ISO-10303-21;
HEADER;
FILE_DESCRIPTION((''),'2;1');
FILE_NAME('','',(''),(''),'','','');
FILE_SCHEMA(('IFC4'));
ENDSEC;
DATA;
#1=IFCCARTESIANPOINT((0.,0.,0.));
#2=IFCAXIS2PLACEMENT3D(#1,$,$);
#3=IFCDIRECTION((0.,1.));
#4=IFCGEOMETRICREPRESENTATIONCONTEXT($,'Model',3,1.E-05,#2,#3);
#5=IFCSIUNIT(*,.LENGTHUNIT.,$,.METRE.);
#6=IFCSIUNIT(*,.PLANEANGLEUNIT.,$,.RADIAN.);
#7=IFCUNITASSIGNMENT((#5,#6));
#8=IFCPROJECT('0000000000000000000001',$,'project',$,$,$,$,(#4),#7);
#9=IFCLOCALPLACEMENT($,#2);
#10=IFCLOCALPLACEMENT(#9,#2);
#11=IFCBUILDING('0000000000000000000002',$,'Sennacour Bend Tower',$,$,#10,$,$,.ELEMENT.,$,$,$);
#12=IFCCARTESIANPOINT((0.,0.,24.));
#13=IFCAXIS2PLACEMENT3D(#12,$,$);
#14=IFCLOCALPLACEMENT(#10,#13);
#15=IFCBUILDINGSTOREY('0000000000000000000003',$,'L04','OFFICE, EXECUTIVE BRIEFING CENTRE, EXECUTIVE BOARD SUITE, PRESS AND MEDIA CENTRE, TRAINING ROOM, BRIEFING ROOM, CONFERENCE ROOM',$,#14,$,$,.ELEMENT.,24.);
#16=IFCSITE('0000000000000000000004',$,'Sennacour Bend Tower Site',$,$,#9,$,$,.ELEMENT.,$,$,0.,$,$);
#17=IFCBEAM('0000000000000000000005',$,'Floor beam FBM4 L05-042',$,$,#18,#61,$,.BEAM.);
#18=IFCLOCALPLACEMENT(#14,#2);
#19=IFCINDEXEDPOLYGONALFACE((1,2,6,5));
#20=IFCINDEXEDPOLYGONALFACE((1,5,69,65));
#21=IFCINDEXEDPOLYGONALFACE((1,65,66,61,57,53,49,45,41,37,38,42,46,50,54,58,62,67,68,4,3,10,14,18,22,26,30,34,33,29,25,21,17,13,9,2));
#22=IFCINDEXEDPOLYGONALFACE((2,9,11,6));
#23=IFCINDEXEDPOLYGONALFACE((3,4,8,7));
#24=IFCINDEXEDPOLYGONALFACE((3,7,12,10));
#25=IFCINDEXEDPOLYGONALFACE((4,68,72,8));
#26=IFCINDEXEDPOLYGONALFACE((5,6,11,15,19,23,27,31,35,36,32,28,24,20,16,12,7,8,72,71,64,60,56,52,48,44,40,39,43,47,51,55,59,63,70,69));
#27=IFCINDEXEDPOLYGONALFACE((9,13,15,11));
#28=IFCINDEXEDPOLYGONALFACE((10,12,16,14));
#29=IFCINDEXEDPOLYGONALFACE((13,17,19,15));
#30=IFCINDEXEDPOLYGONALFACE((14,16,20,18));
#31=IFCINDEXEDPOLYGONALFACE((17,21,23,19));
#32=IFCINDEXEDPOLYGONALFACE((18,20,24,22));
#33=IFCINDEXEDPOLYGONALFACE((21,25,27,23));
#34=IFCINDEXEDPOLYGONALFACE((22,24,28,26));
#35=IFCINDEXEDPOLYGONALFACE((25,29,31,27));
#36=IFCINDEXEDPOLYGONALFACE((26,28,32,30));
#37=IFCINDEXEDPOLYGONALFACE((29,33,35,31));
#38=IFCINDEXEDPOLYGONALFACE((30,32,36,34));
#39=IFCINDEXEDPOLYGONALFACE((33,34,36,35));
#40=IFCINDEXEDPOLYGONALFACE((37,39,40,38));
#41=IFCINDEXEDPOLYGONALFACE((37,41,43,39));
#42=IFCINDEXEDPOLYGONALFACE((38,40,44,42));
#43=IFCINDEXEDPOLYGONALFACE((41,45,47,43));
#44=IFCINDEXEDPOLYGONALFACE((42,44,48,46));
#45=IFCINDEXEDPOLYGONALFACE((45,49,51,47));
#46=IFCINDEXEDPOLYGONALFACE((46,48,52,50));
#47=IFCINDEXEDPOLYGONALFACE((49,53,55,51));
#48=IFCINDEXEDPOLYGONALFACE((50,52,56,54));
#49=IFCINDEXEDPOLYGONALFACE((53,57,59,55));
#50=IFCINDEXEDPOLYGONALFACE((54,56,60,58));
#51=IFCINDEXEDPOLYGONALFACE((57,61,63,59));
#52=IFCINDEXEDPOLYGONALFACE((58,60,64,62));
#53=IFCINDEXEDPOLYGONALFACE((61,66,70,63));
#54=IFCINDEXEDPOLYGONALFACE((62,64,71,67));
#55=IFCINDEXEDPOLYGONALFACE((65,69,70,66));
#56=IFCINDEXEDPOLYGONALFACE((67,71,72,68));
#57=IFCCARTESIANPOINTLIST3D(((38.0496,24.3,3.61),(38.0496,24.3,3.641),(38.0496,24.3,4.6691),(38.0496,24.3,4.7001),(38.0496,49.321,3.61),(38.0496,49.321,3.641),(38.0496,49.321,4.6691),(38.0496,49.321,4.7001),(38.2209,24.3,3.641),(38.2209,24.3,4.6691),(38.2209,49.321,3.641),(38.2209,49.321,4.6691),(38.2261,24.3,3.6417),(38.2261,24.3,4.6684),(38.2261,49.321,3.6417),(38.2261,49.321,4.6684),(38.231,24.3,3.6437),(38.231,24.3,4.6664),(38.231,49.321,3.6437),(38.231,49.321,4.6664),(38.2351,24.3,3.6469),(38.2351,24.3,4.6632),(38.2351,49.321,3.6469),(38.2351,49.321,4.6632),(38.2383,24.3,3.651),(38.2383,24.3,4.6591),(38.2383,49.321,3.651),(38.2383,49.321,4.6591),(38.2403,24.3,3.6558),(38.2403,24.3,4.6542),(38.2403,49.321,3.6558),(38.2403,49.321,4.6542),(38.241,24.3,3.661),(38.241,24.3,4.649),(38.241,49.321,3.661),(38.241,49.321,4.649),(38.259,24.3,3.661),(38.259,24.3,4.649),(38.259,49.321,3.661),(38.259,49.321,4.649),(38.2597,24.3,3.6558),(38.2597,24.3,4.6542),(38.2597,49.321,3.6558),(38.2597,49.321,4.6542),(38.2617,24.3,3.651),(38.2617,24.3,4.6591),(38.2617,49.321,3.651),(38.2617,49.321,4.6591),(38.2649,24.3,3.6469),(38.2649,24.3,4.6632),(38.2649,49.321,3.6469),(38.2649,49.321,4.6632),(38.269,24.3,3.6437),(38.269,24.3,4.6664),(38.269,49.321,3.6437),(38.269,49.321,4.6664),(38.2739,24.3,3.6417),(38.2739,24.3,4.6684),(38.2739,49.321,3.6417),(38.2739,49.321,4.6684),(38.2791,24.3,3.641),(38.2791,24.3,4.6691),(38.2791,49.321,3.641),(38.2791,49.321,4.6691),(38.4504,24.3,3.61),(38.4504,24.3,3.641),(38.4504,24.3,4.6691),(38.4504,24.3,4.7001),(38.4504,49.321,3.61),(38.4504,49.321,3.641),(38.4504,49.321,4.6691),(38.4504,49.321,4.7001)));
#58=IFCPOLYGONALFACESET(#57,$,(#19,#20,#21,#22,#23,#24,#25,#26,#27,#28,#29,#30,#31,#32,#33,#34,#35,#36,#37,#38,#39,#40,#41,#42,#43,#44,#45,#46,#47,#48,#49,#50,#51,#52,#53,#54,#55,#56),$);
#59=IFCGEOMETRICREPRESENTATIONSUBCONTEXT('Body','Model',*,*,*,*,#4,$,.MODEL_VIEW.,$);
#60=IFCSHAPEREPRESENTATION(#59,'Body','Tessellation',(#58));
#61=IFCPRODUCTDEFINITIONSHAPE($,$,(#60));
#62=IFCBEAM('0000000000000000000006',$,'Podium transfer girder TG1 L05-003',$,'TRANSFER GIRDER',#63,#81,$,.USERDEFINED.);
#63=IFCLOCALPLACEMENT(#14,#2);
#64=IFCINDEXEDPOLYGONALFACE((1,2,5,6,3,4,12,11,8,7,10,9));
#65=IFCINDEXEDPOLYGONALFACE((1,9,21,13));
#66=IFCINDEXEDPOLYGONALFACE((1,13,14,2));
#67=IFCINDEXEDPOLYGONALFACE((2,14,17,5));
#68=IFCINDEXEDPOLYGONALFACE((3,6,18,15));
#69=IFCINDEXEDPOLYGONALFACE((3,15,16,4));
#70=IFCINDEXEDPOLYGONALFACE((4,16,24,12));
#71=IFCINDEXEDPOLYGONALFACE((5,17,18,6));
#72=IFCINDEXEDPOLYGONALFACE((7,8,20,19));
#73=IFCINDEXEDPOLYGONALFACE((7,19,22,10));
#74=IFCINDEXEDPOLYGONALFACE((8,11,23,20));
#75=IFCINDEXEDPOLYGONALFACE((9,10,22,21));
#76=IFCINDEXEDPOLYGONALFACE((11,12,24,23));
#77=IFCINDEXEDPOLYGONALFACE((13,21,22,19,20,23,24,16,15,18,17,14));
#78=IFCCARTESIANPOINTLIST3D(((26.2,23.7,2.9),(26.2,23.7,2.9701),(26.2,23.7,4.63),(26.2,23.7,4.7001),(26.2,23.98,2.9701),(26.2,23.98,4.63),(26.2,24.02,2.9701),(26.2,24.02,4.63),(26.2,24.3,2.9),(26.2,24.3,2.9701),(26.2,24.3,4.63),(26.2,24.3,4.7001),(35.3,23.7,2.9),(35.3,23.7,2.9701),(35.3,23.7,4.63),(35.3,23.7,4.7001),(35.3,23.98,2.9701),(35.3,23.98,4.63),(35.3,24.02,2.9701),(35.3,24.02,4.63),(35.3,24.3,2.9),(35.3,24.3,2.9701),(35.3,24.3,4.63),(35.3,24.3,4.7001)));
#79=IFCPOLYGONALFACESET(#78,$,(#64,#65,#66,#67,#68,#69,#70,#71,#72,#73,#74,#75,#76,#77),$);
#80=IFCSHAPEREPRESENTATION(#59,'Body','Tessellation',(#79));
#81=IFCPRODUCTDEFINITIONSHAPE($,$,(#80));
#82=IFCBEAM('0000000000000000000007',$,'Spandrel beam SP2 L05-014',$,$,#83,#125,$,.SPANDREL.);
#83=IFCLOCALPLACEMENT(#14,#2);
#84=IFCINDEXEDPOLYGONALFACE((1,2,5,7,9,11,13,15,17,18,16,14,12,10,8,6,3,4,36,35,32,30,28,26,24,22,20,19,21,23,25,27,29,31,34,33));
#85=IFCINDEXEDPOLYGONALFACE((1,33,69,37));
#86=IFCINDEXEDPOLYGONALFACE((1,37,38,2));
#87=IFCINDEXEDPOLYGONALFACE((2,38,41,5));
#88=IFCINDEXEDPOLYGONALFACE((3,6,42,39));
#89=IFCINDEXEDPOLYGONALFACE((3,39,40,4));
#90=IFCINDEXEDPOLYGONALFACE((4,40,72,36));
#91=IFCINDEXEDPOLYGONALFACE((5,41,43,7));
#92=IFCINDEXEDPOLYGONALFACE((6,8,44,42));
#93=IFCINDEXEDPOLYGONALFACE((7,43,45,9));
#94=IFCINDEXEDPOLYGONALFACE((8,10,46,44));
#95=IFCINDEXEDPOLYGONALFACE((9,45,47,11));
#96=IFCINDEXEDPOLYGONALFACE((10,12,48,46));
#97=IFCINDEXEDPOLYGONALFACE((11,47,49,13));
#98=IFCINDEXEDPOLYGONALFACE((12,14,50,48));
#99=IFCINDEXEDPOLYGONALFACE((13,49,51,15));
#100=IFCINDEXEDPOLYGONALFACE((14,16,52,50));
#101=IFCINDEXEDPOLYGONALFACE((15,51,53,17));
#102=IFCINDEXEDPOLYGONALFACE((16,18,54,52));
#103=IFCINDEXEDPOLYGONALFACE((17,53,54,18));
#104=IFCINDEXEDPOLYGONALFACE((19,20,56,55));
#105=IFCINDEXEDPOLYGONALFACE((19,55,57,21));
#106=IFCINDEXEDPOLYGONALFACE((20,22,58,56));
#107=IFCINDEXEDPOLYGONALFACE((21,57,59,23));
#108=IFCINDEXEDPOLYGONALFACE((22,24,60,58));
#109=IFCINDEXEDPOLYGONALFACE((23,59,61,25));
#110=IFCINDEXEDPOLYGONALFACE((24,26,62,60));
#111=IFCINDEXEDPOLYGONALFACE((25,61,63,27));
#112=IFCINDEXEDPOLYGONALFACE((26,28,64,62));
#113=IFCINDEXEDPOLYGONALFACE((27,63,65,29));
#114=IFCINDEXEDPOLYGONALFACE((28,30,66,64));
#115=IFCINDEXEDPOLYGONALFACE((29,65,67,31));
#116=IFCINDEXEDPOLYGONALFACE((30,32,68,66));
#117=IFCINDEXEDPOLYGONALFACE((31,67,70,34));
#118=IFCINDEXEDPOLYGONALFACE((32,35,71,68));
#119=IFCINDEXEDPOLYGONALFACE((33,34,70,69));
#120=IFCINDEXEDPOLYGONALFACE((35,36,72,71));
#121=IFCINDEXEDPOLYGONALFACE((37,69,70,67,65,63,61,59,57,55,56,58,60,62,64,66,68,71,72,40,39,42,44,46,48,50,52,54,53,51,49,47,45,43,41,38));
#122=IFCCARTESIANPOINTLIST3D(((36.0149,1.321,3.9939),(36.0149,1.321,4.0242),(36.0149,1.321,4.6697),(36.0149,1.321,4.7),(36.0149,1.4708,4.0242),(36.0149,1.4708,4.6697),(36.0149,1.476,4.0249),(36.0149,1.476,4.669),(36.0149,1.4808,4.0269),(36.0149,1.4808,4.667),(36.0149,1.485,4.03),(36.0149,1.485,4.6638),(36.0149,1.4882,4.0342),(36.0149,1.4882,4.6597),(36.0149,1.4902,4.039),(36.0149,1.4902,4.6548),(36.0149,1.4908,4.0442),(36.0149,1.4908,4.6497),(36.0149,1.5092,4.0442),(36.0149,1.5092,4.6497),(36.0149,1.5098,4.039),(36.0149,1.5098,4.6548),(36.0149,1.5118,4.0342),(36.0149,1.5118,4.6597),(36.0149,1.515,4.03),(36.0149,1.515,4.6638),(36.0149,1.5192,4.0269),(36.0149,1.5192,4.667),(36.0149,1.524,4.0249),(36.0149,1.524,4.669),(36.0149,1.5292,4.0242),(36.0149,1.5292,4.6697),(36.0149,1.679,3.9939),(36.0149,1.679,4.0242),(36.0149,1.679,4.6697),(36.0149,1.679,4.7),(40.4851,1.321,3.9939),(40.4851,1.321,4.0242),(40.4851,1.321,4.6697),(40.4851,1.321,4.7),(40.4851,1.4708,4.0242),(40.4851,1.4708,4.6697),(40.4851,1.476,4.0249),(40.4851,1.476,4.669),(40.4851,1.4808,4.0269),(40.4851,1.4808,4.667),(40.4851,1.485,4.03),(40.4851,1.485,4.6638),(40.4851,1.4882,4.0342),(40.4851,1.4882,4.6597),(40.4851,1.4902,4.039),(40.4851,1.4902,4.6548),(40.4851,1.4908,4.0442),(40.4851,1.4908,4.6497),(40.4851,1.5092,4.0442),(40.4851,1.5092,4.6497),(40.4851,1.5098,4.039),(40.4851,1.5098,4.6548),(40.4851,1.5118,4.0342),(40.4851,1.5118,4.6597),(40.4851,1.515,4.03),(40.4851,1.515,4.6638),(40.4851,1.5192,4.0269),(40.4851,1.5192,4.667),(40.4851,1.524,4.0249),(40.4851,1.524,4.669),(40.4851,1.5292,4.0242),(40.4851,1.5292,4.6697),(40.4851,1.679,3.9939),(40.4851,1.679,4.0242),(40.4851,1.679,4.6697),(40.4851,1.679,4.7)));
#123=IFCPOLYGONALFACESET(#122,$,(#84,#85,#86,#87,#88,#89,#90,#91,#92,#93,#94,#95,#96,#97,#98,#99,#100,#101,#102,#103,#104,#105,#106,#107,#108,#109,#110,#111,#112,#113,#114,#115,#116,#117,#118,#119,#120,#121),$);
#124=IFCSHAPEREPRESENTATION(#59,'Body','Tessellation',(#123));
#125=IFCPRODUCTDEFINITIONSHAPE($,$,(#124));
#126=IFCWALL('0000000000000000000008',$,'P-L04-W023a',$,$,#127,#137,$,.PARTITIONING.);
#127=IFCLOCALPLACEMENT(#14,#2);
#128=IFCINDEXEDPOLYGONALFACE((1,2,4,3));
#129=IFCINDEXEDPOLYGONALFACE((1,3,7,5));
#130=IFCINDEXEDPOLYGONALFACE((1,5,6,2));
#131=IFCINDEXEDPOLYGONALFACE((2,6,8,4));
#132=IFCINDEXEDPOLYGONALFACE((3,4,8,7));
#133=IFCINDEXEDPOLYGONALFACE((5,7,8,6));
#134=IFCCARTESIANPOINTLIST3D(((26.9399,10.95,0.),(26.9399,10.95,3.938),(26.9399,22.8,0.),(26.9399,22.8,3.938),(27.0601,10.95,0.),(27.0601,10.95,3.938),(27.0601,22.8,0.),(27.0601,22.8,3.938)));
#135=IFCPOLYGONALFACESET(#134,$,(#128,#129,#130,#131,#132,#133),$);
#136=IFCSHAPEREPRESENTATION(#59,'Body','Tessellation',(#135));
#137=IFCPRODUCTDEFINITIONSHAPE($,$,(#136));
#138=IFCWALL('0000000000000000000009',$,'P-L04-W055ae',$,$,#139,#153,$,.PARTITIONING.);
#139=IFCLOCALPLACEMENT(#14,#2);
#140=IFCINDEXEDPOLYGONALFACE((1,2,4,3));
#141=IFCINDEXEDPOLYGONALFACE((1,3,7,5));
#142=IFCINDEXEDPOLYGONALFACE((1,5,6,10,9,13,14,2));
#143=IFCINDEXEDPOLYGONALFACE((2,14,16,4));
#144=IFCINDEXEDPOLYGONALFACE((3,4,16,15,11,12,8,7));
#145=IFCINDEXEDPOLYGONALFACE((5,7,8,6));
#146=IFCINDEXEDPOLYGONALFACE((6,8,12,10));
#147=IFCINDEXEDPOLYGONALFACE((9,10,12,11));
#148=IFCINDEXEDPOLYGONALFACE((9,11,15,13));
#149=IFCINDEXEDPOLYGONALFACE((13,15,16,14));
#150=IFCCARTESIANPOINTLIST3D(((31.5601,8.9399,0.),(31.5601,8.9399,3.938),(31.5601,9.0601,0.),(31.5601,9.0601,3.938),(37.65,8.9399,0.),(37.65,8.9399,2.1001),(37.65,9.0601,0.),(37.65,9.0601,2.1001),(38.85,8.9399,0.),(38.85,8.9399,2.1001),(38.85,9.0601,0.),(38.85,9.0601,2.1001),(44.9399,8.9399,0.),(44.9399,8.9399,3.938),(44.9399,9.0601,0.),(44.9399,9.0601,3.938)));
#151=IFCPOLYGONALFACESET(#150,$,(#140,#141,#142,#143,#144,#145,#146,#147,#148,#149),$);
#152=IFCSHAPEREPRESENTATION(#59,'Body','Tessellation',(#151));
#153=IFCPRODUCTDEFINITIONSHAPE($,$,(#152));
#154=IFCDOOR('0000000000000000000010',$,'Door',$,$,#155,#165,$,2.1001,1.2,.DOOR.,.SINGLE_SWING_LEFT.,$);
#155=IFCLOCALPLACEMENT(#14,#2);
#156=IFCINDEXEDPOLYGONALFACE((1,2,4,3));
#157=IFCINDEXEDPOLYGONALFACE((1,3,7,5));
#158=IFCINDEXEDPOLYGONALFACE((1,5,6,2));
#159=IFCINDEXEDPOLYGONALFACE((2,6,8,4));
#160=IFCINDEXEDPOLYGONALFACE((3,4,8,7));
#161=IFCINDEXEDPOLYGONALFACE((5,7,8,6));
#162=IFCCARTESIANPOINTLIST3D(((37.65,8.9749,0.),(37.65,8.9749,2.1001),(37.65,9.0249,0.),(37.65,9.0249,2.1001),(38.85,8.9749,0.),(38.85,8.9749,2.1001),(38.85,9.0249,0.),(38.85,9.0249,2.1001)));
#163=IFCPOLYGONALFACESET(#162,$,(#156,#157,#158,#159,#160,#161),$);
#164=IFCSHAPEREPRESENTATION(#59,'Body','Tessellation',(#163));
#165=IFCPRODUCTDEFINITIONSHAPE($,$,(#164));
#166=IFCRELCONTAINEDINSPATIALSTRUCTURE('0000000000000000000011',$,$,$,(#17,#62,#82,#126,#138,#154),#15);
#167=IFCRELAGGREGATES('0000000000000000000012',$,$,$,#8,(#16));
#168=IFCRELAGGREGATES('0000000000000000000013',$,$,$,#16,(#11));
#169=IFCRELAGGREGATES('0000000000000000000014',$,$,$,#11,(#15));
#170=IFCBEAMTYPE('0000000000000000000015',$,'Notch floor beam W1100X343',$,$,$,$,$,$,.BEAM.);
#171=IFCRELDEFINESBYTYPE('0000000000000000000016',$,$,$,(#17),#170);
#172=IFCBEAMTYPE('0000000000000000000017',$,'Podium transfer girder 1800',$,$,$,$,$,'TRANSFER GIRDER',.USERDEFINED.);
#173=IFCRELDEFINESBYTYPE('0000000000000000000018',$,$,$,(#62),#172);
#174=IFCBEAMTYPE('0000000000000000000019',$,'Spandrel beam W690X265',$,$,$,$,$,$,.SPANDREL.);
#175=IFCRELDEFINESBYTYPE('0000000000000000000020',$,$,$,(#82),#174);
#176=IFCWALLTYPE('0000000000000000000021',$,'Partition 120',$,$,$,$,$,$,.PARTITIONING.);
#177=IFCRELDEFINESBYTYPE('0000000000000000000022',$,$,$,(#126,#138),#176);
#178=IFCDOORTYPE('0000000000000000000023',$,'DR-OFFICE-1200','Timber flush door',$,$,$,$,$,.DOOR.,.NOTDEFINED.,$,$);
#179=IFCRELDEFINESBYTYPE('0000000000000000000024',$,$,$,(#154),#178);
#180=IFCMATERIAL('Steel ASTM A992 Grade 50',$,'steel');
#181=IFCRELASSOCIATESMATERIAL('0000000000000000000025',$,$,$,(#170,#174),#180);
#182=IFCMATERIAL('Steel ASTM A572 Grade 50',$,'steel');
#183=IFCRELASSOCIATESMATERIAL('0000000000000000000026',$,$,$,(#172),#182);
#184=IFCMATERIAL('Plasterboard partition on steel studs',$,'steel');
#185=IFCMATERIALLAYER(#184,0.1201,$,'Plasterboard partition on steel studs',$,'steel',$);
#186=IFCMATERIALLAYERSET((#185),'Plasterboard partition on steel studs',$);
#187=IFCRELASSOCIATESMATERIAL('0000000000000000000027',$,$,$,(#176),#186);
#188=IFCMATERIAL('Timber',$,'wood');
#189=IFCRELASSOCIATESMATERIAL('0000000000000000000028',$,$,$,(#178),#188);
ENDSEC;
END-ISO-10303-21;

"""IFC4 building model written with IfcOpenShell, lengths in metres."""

from ifc_helpers import new_model, si_unit, direction, frame, frame_2d, origin, origin_2d, place, context, subcontext, project, spatial, rectangle, i_section, extrude, material, layer, layer_set, material_profile, profile_set, type_object, element, fill, save


model = new_model("IFC4")

# Units and contexts
model_context = context("Model", 3, precision=1e-05, world=origin(), true_north=direction((0.0, 1.0)))
body_context = subcontext(model_context, "Body", "Model", "MODEL_VIEW")
ifc_project = project(units=[si_unit("LENGTHUNIT", "METRE"), si_unit("PLANEANGLEUNIT", "RADIAN")], contexts=[model_context])

# Site, building, storey
site_placement = place(None, origin())
site = spatial("IfcSite", under=ifc_project, at=site_placement, Name="Sennacour Bend Tower Site", CompositionType="ELEMENT", RefElevation=0.0)
building_placement = place(site_placement, origin())
building = spatial("IfcBuilding", under=site, at=building_placement, Name="Sennacour Bend Tower", CompositionType="ELEMENT")
storey_placement = place(building_placement, frame((0.0, 0.0, 24.0)))
storey = spatial("IfcBuildingStorey", under=building, at=storey_placement, Name="L04", Description="OFFICE, EXECUTIVE BRIEFING CENTRE, EXECUTIVE BOARD SUITE, PRESS AND MEDIA CENTRE, TRAINING ROOM, BRIEFING ROOM, CONFERENCE ROOM", CompositionType="ELEMENT", Elevation=24.0)

# Shared definitions
ifc_material_1 = material(Name="Steel ASTM A572 Grade 50", Category="steel")

# Beams
ifc_material_2 = material(Name="Steel ASTM A992 Grade 50", Category="steel")
ifc_material_profile_1 = material_profile(ifc_material_2, i_section(OverallWidth=0.4009, OverallDepth=1.0901, WebThickness=0.0181, FlangeThickness=0.031, FilletRadius=0.02, at=origin_2d()), Name="Steel ASTM A992 Grade 50", Category="steel")
ifc_profile_set_1 = profile_set([ifc_material_profile_1], Name="Steel ASTM A992 Grade 50")
beam_type_1 = type_object("IfcBeamType", Name="Notch floor beam W1100X343", PredefinedType="BEAM", material=ifc_profile_set_1)
beam_1_placement = place(storey_placement, frame((38.25, 24.3, 4.155), z_axis=(0.0, 1.0, 0.0), x_axis=(-1.0, 0.0, 0.0)))
element("IfcBeam", 1, at=beam_1_placement, inside=storey, type_object=beam_type_1, Name="Floor beam FBM4 L05-042", PredefinedType="BEAM", context=body_context, shape_type="SweptSolid", body=[
    extrude(i_section(OverallWidth=0.4009, OverallDepth=1.0901, WebThickness=0.0181, FlangeThickness=0.031, FilletRadius=0.02, at=origin_2d()), origin(), (0.0, 0.0, 1.0), 25.021),
])
ifc_material_profile_2 = material_profile(ifc_material_1, i_section(OverallWidth=0.6001, OverallDepth=1.8, WebThickness=0.04, FlangeThickness=0.0701, at=origin_2d()), Name="Steel ASTM A572 Grade 50", Category="steel")
ifc_profile_set_2 = profile_set([ifc_material_profile_2], Name="Steel ASTM A572 Grade 50")
beam_type_2 = type_object("IfcBeamType", Name="Podium transfer girder 1800", ElementType="TRANSFER GIRDER", PredefinedType="USERDEFINED", material=ifc_profile_set_2)
beam_2_placement = place(storey_placement, frame((35.3, 24.0, 3.8), z_axis=(-1.0, 0.0, 0.0), x_axis=(0.0, -1.0, 0.0)))
element("IfcBeam", 2, at=beam_2_placement, inside=storey, type_object=beam_type_2, Name="Podium transfer girder TG1 L05-003", ObjectType="TRANSFER GIRDER", PredefinedType="USERDEFINED", context=body_context, shape_type="SweptSolid", body=[
    extrude(i_section(OverallWidth=0.6001, OverallDepth=1.8, WebThickness=0.04, FlangeThickness=0.0701, at=origin_2d()), origin(), (0.0, 0.0, 1.0), 9.1001),
])
ifc_material_profile_3 = material_profile(ifc_material_2, i_section(OverallWidth=0.3579, OverallDepth=0.7061, WebThickness=0.0183, FlangeThickness=0.0303, FilletRadius=0.02, at=origin_2d()), Name="Steel ASTM A992 Grade 50", Category="steel")
ifc_profile_set_3 = profile_set([ifc_material_profile_3], Name="Steel ASTM A992 Grade 50")
beam_type_3 = type_object("IfcBeamType", Name="Spandrel beam W690X265", PredefinedType="SPANDREL", material=ifc_profile_set_3)
beam_3_placement = place(storey_placement, frame((40.4851, 1.5, 4.3469), z_axis=(-1.0, 0.0, 0.0), x_axis=(0.0, -1.0, 0.0)))
element("IfcBeam", 3, at=beam_3_placement, inside=storey, type_object=beam_type_3, Name="Spandrel beam SP2 L05-014", PredefinedType="SPANDREL", context=body_context, shape_type="SweptSolid", body=[
    extrude(i_section(OverallWidth=0.3579, OverallDepth=0.7061, WebThickness=0.0183, FlangeThickness=0.0303, FilletRadius=0.02, at=origin_2d()), origin(), (0.0, 0.0, 1.0), 4.4702),
])

# Wall
ifc_material_3 = material(Name="Plasterboard partition on steel studs", Category="steel")
ifc_layer = layer(ifc_material_3, 0.1201, Name="Plasterboard partition on steel studs", Category="steel")
ifc_layer_set = layer_set([ifc_layer], Name="Plasterboard partition on steel studs")
wall_type = type_object("IfcWallType", Name="Partition 120", PredefinedType="PARTITIONING", material=ifc_layer_set)
wall_1_placement = place(storey_placement, frame((27.0, 10.95, 0.0), z_axis=(0.0, 0.0, 1.0), x_axis=(0.0, 1.0, 0.0)))
element("IfcWall", 4, at=wall_1_placement, inside=storey, type_object=wall_type, Name="P-L04-W023a", PredefinedType="PARTITIONING", context=body_context, shape_type="SweptSolid", body=[
    extrude(rectangle(XDim=11.8501, YDim=0.1201, at=frame_2d((5.925, 0.0))), origin(), (0.0, 0.0, 1.0), 3.938),
])

# Wall, opening, door
wall_2_placement = place(storey_placement, frame((31.5601, 9.0, 0.0), z_axis=(0.0, 0.0, 1.0), x_axis=(1.0, 0.0, 0.0)))
wall_2 = element("IfcWall", 5, at=wall_2_placement, inside=storey, type_object=wall_type, Name="P-L04-W055ae", PredefinedType="PARTITIONING", context=body_context, shape_type="SweptSolid", body=[
    extrude(rectangle(XDim=13.3799, YDim=0.1201, at=frame_2d((6.6899, 0.0))), origin(), (0.0, 0.0, 1.0), 3.938),
])
opening_1_placement = place(wall_2_placement, frame((6.0898, 0.0, 0.0)))
opening_1 = element("IfcOpeningElement", 6, at=opening_1_placement, cuts=wall_2, PredefinedType="OPENING", context=body_context, shape_type="SweptSolid", body=[
    extrude(rectangle(XDim=1.2, YDim=2.1001, at=frame_2d((0.6001, 1.05))), frame((0.0, 0.0701, 0.0), z_axis=(0.0, -1.0, 0.0), x_axis=(1.0, 0.0, 0.0)), (0.0, 0.0, 1.0), 0.1401),
])
ifc_material_4 = material(Name="Timber", Category="wood")
door_type = type_object("IfcDoorType", Name="DR-OFFICE-1200", Description="Timber flush door", OperationType="NOTDEFINED", PredefinedType="DOOR", material=ifc_material_4)
door_1_placement = place(opening_1_placement, origin())
door_1 = element("IfcDoor", 7, at=door_1_placement, inside=storey, type_object=door_type, Name="Door", OperationType="SINGLE_SWING_LEFT", OverallHeight=2.1001, OverallWidth=1.2, PredefinedType="DOOR", context=body_context, shape_type="SweptSolid", body=[
    extrude(rectangle(XDim=1.2, YDim=2.1001, at=frame_2d((0.6001, 1.05))), frame((0.0, 0.0249, 0.0), z_axis=(0.0, -1.0, 0.0), x_axis=(1.0, 0.0, 0.0)), (0.0, 0.0, 1.0), 0.05),
])
fill(opening_1, door_1)

save(model, "model.ifc")
